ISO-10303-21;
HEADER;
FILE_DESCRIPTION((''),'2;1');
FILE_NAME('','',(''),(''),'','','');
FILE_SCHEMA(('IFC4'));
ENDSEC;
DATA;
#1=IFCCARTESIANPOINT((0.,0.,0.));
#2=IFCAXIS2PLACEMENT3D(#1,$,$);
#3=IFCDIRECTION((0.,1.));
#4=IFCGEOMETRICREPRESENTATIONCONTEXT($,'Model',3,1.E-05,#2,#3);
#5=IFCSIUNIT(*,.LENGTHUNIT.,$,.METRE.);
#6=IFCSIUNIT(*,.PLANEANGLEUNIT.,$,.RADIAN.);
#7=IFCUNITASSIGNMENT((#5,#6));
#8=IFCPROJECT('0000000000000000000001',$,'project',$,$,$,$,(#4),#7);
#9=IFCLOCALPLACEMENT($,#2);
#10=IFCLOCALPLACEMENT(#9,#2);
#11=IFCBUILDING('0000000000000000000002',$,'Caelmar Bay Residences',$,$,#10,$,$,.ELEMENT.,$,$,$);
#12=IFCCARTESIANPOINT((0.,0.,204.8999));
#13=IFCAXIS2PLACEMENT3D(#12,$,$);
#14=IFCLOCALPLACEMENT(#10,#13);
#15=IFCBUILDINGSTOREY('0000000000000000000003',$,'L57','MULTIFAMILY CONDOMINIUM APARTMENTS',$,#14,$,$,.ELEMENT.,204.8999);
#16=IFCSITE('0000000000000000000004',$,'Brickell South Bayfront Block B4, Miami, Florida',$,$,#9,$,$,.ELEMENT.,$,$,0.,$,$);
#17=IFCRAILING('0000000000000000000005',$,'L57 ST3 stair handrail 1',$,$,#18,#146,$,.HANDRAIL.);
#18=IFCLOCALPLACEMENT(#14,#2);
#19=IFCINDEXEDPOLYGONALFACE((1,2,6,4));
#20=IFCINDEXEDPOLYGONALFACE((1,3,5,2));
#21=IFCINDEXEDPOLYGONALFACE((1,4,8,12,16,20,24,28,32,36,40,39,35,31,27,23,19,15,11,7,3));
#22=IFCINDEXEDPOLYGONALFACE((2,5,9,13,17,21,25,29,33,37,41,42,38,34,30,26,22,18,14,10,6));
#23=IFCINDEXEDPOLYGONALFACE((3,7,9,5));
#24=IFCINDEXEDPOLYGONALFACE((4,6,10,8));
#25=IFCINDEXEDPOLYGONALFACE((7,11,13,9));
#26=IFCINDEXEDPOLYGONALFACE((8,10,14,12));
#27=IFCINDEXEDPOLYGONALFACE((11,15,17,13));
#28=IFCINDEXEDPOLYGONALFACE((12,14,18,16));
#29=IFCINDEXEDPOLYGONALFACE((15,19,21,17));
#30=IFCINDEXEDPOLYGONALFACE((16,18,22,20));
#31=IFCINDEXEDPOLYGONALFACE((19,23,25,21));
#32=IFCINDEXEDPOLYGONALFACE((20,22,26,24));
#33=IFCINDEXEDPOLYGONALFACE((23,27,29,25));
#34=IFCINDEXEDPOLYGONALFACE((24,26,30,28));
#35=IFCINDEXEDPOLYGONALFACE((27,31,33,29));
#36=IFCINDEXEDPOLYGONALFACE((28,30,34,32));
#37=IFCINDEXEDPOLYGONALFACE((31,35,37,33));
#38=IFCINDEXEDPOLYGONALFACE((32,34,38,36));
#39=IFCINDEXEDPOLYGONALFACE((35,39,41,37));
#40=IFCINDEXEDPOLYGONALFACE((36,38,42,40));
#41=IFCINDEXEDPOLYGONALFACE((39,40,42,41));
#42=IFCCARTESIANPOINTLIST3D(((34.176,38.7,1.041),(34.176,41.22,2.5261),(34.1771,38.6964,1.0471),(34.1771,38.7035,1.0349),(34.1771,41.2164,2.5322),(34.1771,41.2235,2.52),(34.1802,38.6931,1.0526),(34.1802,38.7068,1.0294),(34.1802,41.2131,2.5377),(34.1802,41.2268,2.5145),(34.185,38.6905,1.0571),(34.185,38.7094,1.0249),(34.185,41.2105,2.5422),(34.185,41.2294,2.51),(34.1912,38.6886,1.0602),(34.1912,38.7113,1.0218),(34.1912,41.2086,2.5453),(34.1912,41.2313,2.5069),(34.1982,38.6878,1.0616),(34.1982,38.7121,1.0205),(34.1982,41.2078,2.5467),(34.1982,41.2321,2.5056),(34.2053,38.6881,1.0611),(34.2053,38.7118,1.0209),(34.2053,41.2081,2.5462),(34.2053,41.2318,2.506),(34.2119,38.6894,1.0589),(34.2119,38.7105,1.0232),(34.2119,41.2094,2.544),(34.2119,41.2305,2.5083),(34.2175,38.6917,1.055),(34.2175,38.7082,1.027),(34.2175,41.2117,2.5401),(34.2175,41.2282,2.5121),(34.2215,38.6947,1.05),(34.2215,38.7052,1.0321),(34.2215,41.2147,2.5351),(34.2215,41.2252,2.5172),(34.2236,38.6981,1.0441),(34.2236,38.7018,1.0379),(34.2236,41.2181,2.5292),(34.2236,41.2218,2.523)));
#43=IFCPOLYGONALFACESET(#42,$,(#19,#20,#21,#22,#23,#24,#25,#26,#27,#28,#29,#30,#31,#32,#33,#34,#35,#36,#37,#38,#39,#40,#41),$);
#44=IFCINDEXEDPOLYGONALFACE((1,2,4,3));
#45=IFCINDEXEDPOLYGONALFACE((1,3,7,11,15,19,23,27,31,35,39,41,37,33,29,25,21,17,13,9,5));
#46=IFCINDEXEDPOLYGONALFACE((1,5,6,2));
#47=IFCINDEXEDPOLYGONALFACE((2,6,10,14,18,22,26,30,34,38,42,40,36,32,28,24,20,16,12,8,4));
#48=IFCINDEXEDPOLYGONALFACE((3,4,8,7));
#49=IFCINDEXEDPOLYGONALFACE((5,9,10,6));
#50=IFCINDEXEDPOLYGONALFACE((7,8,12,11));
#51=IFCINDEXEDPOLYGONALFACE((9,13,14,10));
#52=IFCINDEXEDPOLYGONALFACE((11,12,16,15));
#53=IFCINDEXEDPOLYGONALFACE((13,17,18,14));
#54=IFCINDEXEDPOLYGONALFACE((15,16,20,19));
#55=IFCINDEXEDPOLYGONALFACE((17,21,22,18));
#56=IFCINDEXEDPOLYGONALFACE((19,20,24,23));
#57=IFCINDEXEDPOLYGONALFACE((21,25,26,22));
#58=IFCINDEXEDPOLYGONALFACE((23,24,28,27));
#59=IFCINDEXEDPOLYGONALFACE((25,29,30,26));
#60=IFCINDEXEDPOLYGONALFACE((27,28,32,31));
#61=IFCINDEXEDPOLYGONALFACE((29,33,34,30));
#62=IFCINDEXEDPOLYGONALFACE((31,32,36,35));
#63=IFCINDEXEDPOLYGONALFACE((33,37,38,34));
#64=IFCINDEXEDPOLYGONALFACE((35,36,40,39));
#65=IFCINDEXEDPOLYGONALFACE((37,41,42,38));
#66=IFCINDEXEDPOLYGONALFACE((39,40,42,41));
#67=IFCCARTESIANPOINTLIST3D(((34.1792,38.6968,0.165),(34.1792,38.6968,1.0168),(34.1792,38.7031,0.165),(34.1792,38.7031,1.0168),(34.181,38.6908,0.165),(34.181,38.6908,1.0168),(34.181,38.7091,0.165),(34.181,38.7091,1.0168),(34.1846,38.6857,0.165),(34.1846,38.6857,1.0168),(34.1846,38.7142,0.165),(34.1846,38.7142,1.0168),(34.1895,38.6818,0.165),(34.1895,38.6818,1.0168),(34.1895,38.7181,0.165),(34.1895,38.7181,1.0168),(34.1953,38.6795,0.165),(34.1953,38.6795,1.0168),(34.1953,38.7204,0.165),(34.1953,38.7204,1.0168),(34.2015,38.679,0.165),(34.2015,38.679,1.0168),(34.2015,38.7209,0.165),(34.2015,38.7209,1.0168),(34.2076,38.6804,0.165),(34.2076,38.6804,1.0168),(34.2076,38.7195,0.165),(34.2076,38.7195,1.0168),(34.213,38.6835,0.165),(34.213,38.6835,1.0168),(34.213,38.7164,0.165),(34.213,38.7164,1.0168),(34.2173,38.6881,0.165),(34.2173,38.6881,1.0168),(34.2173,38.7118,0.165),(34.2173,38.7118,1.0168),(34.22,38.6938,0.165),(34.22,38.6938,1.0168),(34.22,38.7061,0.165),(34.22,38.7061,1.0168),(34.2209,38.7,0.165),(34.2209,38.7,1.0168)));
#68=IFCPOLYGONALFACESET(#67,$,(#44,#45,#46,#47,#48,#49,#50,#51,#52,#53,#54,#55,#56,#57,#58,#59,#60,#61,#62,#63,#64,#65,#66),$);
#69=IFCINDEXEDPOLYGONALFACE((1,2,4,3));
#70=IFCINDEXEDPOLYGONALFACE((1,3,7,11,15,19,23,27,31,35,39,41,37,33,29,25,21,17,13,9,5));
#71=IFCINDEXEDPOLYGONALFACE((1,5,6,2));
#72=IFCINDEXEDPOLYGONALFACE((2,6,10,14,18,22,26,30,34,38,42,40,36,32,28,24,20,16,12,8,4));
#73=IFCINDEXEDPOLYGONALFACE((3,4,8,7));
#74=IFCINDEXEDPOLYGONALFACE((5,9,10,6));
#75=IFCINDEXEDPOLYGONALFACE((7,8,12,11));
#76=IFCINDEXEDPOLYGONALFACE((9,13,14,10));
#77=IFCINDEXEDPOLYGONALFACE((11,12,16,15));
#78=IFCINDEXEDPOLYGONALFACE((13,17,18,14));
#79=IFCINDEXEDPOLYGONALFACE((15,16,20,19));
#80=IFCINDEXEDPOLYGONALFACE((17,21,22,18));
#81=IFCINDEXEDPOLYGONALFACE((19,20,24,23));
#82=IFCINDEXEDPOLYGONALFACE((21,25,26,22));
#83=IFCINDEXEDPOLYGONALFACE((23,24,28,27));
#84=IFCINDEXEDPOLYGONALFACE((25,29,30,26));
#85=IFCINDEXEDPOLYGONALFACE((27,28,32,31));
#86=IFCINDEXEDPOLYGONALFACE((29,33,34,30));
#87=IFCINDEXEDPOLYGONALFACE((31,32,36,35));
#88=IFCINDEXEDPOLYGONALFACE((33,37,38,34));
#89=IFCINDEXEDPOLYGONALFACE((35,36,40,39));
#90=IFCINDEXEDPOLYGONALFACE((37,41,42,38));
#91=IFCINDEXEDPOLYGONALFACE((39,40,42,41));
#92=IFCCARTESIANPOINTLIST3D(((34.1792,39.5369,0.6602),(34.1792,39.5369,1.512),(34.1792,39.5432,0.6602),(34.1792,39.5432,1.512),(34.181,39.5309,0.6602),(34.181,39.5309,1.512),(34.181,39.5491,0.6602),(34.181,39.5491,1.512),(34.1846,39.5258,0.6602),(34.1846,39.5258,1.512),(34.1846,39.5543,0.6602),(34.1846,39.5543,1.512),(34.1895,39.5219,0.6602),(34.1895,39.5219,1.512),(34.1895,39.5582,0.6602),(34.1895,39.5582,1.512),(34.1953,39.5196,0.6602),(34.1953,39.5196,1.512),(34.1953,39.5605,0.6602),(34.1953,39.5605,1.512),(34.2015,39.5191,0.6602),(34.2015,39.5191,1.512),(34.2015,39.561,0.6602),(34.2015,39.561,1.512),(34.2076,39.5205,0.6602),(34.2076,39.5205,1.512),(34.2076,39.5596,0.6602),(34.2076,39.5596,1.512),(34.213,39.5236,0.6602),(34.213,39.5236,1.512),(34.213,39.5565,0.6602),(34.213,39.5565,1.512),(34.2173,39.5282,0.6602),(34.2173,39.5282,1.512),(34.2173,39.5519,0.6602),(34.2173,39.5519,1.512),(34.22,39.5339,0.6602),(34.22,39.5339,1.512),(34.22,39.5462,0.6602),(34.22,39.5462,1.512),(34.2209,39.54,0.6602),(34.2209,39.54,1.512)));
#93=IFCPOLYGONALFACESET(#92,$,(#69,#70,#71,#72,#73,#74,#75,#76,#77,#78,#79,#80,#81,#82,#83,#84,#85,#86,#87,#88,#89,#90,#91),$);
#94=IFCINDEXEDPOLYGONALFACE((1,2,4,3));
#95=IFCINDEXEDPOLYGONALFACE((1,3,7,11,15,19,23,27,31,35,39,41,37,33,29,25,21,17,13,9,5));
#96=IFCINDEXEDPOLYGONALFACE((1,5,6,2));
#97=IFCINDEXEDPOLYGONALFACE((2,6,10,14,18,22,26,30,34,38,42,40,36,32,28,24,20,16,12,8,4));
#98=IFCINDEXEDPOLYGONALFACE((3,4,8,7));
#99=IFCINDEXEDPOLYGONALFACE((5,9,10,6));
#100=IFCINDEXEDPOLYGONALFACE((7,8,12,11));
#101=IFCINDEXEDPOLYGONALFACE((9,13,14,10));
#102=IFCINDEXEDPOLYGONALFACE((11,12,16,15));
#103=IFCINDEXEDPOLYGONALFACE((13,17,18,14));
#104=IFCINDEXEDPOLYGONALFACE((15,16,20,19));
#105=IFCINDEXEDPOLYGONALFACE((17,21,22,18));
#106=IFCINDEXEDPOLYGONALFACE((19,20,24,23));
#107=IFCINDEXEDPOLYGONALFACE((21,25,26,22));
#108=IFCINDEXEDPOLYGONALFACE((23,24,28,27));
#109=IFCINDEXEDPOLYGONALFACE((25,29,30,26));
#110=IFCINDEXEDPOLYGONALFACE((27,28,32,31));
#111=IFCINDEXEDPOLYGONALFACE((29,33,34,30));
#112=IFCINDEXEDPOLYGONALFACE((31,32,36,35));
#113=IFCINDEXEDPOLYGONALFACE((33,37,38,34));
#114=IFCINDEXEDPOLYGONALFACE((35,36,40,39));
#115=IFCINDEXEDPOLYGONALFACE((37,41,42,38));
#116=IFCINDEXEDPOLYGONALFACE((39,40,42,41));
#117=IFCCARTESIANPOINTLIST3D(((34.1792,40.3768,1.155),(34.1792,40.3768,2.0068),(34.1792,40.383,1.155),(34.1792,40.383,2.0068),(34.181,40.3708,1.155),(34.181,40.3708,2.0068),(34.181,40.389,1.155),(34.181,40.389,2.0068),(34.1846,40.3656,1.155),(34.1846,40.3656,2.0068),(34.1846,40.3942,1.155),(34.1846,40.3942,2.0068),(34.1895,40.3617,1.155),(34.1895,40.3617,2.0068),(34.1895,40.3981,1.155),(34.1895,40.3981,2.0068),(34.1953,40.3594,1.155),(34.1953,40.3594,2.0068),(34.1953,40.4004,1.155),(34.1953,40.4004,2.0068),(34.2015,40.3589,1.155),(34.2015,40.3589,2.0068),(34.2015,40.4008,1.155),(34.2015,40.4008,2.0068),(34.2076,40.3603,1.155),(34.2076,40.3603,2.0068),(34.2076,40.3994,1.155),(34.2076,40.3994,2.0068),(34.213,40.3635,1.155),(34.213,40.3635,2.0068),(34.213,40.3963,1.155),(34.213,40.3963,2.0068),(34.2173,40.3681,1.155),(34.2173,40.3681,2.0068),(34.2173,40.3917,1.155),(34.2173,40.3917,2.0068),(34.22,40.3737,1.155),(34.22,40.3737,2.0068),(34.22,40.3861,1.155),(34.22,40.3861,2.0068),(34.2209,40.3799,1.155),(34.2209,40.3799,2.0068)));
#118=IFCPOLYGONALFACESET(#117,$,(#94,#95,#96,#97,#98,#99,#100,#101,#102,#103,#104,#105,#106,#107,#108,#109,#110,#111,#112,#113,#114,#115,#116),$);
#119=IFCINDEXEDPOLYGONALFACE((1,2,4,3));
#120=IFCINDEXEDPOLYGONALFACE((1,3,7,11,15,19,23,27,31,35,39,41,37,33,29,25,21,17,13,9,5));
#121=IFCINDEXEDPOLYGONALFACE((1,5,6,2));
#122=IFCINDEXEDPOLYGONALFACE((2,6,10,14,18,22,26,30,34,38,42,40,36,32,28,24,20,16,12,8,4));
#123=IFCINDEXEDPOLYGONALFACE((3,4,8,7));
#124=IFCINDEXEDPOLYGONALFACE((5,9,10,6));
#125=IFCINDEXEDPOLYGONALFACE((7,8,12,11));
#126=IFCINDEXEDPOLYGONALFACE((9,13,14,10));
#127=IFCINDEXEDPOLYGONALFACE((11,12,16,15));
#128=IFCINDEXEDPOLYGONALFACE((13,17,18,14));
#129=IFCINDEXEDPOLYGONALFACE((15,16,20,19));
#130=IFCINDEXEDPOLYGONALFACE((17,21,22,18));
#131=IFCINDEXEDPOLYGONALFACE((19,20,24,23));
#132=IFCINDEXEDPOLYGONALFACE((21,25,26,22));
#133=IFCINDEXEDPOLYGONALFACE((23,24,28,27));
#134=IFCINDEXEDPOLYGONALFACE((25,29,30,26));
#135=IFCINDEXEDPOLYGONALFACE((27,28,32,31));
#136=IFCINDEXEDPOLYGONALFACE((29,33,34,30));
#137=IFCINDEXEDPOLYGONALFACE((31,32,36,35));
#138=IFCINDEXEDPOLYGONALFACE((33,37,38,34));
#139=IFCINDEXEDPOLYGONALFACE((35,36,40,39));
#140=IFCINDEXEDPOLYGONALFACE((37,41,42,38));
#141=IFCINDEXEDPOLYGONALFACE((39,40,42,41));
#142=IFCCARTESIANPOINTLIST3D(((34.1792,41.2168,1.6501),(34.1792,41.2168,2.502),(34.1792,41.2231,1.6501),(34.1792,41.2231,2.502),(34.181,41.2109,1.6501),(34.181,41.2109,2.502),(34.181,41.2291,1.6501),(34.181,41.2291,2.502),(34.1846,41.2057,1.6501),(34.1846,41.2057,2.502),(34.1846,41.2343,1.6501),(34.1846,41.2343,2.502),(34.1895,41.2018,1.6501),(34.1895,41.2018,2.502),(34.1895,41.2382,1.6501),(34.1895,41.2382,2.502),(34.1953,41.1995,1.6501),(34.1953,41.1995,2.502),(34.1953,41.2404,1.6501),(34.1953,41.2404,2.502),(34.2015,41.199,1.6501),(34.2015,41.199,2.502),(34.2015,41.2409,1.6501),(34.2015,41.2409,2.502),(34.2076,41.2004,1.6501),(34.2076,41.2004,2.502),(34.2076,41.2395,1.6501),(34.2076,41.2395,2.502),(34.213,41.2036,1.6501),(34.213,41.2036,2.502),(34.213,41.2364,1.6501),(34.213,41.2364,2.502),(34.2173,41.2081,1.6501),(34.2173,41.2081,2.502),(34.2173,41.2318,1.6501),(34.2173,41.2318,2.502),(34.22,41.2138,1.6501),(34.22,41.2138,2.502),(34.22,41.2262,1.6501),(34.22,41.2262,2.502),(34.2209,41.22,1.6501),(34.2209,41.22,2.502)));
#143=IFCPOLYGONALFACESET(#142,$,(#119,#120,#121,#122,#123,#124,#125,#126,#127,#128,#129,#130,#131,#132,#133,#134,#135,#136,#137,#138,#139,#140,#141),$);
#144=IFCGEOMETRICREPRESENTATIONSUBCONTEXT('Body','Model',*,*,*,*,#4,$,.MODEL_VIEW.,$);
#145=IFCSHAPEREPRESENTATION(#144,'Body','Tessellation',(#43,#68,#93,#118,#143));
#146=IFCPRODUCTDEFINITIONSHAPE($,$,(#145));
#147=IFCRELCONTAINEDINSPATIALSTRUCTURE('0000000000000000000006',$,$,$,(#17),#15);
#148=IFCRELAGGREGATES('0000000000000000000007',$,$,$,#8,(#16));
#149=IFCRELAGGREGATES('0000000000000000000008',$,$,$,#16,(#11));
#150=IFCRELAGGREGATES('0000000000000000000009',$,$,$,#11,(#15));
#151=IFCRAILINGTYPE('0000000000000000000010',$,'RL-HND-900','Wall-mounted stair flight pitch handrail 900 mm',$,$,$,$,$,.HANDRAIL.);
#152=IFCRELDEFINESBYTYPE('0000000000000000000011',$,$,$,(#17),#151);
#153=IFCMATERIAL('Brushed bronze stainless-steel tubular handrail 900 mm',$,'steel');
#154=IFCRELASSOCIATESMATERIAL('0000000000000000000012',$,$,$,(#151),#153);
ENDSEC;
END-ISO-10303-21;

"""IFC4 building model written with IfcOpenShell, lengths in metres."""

from ifc_helpers import new_model, si_unit, direction, frame, origin, origin_2d, place, context, subcontext, project, spatial, circle, extrude, material, type_object, element, save


model = new_model("IFC4")

# Units and contexts
model_context = context("Model", 3, precision=1e-05, world=origin(), true_north=direction((0.0, 1.0)))
body_context = subcontext(model_context, "Body", "Model", "MODEL_VIEW")
ifc_project = project(units=[si_unit("LENGTHUNIT", "METRE"), si_unit("PLANEANGLEUNIT", "RADIAN")], contexts=[model_context])

# Site, building, storey
site_placement = place(None, origin())
site = spatial("IfcSite", under=ifc_project, at=site_placement, Name="Brickell South Bayfront Block B4, Miami, Florida", CompositionType="ELEMENT", RefElevation=0.0)
building_placement = place(site_placement, origin())
building = spatial("IfcBuilding", under=site, at=building_placement, Name="Caelmar Bay Residences", CompositionType="ELEMENT")
storey_placement = place(building_placement, frame((0.0, 0.0, 204.8999)))
storey = spatial("IfcBuildingStorey", under=building, at=storey_placement, Name="L57", Description="MULTIFAMILY CONDOMINIUM APARTMENTS", CompositionType="ELEMENT", Elevation=204.8999)

# Railing
ifc_material_1 = material(Name="Brushed bronze stainless-steel tubular handrail 900 mm", Category="steel")
railing_type_1 = type_object("IfcRailingType", Name="RL-HND-900", Description="Wall-mounted stair flight pitch handrail 900 mm", PredefinedType="HANDRAIL", material=ifc_material_1)
railing_1_placement = place(storey_placement, frame((34.2, 38.7, 0.165)))
element("IfcRailing", 1, at=railing_1_placement, inside=storey, type_object=railing_type_1, Name="L57 ST3 stair handrail 1", PredefinedType="HANDRAIL", context=body_context, shape_type="SweptSolid", body=[
    extrude(circle(Radius=0.0239, at=origin_2d()), frame((0.0, 0.0, 0.876), z_axis=(0.0, 0.861524, 0.507717), x_axis=(-1.0, 0.0, 0.0)), (0.0, 0.0, 1.0), 2.925),
    extrude(circle(Radius=0.021, at=origin_2d()), origin(), (0.0, 0.0, 1.0), 0.8518),
    extrude(circle(Radius=0.021, at=origin_2d()), frame((0.0, 0.8401, 0.4951)), (0.0, 0.0, 1.0), 0.8518),
    extrude(circle(Radius=0.021, at=origin_2d()), frame((0.0, 1.6799, 0.99)), (0.0, 0.0, 1.0), 0.8518),
    extrude(circle(Radius=0.021, at=origin_2d()), frame((0.0, 2.52, 1.4851)), (0.0, 0.0, 1.0), 0.8518),
])

save(model, "model.ifc")
